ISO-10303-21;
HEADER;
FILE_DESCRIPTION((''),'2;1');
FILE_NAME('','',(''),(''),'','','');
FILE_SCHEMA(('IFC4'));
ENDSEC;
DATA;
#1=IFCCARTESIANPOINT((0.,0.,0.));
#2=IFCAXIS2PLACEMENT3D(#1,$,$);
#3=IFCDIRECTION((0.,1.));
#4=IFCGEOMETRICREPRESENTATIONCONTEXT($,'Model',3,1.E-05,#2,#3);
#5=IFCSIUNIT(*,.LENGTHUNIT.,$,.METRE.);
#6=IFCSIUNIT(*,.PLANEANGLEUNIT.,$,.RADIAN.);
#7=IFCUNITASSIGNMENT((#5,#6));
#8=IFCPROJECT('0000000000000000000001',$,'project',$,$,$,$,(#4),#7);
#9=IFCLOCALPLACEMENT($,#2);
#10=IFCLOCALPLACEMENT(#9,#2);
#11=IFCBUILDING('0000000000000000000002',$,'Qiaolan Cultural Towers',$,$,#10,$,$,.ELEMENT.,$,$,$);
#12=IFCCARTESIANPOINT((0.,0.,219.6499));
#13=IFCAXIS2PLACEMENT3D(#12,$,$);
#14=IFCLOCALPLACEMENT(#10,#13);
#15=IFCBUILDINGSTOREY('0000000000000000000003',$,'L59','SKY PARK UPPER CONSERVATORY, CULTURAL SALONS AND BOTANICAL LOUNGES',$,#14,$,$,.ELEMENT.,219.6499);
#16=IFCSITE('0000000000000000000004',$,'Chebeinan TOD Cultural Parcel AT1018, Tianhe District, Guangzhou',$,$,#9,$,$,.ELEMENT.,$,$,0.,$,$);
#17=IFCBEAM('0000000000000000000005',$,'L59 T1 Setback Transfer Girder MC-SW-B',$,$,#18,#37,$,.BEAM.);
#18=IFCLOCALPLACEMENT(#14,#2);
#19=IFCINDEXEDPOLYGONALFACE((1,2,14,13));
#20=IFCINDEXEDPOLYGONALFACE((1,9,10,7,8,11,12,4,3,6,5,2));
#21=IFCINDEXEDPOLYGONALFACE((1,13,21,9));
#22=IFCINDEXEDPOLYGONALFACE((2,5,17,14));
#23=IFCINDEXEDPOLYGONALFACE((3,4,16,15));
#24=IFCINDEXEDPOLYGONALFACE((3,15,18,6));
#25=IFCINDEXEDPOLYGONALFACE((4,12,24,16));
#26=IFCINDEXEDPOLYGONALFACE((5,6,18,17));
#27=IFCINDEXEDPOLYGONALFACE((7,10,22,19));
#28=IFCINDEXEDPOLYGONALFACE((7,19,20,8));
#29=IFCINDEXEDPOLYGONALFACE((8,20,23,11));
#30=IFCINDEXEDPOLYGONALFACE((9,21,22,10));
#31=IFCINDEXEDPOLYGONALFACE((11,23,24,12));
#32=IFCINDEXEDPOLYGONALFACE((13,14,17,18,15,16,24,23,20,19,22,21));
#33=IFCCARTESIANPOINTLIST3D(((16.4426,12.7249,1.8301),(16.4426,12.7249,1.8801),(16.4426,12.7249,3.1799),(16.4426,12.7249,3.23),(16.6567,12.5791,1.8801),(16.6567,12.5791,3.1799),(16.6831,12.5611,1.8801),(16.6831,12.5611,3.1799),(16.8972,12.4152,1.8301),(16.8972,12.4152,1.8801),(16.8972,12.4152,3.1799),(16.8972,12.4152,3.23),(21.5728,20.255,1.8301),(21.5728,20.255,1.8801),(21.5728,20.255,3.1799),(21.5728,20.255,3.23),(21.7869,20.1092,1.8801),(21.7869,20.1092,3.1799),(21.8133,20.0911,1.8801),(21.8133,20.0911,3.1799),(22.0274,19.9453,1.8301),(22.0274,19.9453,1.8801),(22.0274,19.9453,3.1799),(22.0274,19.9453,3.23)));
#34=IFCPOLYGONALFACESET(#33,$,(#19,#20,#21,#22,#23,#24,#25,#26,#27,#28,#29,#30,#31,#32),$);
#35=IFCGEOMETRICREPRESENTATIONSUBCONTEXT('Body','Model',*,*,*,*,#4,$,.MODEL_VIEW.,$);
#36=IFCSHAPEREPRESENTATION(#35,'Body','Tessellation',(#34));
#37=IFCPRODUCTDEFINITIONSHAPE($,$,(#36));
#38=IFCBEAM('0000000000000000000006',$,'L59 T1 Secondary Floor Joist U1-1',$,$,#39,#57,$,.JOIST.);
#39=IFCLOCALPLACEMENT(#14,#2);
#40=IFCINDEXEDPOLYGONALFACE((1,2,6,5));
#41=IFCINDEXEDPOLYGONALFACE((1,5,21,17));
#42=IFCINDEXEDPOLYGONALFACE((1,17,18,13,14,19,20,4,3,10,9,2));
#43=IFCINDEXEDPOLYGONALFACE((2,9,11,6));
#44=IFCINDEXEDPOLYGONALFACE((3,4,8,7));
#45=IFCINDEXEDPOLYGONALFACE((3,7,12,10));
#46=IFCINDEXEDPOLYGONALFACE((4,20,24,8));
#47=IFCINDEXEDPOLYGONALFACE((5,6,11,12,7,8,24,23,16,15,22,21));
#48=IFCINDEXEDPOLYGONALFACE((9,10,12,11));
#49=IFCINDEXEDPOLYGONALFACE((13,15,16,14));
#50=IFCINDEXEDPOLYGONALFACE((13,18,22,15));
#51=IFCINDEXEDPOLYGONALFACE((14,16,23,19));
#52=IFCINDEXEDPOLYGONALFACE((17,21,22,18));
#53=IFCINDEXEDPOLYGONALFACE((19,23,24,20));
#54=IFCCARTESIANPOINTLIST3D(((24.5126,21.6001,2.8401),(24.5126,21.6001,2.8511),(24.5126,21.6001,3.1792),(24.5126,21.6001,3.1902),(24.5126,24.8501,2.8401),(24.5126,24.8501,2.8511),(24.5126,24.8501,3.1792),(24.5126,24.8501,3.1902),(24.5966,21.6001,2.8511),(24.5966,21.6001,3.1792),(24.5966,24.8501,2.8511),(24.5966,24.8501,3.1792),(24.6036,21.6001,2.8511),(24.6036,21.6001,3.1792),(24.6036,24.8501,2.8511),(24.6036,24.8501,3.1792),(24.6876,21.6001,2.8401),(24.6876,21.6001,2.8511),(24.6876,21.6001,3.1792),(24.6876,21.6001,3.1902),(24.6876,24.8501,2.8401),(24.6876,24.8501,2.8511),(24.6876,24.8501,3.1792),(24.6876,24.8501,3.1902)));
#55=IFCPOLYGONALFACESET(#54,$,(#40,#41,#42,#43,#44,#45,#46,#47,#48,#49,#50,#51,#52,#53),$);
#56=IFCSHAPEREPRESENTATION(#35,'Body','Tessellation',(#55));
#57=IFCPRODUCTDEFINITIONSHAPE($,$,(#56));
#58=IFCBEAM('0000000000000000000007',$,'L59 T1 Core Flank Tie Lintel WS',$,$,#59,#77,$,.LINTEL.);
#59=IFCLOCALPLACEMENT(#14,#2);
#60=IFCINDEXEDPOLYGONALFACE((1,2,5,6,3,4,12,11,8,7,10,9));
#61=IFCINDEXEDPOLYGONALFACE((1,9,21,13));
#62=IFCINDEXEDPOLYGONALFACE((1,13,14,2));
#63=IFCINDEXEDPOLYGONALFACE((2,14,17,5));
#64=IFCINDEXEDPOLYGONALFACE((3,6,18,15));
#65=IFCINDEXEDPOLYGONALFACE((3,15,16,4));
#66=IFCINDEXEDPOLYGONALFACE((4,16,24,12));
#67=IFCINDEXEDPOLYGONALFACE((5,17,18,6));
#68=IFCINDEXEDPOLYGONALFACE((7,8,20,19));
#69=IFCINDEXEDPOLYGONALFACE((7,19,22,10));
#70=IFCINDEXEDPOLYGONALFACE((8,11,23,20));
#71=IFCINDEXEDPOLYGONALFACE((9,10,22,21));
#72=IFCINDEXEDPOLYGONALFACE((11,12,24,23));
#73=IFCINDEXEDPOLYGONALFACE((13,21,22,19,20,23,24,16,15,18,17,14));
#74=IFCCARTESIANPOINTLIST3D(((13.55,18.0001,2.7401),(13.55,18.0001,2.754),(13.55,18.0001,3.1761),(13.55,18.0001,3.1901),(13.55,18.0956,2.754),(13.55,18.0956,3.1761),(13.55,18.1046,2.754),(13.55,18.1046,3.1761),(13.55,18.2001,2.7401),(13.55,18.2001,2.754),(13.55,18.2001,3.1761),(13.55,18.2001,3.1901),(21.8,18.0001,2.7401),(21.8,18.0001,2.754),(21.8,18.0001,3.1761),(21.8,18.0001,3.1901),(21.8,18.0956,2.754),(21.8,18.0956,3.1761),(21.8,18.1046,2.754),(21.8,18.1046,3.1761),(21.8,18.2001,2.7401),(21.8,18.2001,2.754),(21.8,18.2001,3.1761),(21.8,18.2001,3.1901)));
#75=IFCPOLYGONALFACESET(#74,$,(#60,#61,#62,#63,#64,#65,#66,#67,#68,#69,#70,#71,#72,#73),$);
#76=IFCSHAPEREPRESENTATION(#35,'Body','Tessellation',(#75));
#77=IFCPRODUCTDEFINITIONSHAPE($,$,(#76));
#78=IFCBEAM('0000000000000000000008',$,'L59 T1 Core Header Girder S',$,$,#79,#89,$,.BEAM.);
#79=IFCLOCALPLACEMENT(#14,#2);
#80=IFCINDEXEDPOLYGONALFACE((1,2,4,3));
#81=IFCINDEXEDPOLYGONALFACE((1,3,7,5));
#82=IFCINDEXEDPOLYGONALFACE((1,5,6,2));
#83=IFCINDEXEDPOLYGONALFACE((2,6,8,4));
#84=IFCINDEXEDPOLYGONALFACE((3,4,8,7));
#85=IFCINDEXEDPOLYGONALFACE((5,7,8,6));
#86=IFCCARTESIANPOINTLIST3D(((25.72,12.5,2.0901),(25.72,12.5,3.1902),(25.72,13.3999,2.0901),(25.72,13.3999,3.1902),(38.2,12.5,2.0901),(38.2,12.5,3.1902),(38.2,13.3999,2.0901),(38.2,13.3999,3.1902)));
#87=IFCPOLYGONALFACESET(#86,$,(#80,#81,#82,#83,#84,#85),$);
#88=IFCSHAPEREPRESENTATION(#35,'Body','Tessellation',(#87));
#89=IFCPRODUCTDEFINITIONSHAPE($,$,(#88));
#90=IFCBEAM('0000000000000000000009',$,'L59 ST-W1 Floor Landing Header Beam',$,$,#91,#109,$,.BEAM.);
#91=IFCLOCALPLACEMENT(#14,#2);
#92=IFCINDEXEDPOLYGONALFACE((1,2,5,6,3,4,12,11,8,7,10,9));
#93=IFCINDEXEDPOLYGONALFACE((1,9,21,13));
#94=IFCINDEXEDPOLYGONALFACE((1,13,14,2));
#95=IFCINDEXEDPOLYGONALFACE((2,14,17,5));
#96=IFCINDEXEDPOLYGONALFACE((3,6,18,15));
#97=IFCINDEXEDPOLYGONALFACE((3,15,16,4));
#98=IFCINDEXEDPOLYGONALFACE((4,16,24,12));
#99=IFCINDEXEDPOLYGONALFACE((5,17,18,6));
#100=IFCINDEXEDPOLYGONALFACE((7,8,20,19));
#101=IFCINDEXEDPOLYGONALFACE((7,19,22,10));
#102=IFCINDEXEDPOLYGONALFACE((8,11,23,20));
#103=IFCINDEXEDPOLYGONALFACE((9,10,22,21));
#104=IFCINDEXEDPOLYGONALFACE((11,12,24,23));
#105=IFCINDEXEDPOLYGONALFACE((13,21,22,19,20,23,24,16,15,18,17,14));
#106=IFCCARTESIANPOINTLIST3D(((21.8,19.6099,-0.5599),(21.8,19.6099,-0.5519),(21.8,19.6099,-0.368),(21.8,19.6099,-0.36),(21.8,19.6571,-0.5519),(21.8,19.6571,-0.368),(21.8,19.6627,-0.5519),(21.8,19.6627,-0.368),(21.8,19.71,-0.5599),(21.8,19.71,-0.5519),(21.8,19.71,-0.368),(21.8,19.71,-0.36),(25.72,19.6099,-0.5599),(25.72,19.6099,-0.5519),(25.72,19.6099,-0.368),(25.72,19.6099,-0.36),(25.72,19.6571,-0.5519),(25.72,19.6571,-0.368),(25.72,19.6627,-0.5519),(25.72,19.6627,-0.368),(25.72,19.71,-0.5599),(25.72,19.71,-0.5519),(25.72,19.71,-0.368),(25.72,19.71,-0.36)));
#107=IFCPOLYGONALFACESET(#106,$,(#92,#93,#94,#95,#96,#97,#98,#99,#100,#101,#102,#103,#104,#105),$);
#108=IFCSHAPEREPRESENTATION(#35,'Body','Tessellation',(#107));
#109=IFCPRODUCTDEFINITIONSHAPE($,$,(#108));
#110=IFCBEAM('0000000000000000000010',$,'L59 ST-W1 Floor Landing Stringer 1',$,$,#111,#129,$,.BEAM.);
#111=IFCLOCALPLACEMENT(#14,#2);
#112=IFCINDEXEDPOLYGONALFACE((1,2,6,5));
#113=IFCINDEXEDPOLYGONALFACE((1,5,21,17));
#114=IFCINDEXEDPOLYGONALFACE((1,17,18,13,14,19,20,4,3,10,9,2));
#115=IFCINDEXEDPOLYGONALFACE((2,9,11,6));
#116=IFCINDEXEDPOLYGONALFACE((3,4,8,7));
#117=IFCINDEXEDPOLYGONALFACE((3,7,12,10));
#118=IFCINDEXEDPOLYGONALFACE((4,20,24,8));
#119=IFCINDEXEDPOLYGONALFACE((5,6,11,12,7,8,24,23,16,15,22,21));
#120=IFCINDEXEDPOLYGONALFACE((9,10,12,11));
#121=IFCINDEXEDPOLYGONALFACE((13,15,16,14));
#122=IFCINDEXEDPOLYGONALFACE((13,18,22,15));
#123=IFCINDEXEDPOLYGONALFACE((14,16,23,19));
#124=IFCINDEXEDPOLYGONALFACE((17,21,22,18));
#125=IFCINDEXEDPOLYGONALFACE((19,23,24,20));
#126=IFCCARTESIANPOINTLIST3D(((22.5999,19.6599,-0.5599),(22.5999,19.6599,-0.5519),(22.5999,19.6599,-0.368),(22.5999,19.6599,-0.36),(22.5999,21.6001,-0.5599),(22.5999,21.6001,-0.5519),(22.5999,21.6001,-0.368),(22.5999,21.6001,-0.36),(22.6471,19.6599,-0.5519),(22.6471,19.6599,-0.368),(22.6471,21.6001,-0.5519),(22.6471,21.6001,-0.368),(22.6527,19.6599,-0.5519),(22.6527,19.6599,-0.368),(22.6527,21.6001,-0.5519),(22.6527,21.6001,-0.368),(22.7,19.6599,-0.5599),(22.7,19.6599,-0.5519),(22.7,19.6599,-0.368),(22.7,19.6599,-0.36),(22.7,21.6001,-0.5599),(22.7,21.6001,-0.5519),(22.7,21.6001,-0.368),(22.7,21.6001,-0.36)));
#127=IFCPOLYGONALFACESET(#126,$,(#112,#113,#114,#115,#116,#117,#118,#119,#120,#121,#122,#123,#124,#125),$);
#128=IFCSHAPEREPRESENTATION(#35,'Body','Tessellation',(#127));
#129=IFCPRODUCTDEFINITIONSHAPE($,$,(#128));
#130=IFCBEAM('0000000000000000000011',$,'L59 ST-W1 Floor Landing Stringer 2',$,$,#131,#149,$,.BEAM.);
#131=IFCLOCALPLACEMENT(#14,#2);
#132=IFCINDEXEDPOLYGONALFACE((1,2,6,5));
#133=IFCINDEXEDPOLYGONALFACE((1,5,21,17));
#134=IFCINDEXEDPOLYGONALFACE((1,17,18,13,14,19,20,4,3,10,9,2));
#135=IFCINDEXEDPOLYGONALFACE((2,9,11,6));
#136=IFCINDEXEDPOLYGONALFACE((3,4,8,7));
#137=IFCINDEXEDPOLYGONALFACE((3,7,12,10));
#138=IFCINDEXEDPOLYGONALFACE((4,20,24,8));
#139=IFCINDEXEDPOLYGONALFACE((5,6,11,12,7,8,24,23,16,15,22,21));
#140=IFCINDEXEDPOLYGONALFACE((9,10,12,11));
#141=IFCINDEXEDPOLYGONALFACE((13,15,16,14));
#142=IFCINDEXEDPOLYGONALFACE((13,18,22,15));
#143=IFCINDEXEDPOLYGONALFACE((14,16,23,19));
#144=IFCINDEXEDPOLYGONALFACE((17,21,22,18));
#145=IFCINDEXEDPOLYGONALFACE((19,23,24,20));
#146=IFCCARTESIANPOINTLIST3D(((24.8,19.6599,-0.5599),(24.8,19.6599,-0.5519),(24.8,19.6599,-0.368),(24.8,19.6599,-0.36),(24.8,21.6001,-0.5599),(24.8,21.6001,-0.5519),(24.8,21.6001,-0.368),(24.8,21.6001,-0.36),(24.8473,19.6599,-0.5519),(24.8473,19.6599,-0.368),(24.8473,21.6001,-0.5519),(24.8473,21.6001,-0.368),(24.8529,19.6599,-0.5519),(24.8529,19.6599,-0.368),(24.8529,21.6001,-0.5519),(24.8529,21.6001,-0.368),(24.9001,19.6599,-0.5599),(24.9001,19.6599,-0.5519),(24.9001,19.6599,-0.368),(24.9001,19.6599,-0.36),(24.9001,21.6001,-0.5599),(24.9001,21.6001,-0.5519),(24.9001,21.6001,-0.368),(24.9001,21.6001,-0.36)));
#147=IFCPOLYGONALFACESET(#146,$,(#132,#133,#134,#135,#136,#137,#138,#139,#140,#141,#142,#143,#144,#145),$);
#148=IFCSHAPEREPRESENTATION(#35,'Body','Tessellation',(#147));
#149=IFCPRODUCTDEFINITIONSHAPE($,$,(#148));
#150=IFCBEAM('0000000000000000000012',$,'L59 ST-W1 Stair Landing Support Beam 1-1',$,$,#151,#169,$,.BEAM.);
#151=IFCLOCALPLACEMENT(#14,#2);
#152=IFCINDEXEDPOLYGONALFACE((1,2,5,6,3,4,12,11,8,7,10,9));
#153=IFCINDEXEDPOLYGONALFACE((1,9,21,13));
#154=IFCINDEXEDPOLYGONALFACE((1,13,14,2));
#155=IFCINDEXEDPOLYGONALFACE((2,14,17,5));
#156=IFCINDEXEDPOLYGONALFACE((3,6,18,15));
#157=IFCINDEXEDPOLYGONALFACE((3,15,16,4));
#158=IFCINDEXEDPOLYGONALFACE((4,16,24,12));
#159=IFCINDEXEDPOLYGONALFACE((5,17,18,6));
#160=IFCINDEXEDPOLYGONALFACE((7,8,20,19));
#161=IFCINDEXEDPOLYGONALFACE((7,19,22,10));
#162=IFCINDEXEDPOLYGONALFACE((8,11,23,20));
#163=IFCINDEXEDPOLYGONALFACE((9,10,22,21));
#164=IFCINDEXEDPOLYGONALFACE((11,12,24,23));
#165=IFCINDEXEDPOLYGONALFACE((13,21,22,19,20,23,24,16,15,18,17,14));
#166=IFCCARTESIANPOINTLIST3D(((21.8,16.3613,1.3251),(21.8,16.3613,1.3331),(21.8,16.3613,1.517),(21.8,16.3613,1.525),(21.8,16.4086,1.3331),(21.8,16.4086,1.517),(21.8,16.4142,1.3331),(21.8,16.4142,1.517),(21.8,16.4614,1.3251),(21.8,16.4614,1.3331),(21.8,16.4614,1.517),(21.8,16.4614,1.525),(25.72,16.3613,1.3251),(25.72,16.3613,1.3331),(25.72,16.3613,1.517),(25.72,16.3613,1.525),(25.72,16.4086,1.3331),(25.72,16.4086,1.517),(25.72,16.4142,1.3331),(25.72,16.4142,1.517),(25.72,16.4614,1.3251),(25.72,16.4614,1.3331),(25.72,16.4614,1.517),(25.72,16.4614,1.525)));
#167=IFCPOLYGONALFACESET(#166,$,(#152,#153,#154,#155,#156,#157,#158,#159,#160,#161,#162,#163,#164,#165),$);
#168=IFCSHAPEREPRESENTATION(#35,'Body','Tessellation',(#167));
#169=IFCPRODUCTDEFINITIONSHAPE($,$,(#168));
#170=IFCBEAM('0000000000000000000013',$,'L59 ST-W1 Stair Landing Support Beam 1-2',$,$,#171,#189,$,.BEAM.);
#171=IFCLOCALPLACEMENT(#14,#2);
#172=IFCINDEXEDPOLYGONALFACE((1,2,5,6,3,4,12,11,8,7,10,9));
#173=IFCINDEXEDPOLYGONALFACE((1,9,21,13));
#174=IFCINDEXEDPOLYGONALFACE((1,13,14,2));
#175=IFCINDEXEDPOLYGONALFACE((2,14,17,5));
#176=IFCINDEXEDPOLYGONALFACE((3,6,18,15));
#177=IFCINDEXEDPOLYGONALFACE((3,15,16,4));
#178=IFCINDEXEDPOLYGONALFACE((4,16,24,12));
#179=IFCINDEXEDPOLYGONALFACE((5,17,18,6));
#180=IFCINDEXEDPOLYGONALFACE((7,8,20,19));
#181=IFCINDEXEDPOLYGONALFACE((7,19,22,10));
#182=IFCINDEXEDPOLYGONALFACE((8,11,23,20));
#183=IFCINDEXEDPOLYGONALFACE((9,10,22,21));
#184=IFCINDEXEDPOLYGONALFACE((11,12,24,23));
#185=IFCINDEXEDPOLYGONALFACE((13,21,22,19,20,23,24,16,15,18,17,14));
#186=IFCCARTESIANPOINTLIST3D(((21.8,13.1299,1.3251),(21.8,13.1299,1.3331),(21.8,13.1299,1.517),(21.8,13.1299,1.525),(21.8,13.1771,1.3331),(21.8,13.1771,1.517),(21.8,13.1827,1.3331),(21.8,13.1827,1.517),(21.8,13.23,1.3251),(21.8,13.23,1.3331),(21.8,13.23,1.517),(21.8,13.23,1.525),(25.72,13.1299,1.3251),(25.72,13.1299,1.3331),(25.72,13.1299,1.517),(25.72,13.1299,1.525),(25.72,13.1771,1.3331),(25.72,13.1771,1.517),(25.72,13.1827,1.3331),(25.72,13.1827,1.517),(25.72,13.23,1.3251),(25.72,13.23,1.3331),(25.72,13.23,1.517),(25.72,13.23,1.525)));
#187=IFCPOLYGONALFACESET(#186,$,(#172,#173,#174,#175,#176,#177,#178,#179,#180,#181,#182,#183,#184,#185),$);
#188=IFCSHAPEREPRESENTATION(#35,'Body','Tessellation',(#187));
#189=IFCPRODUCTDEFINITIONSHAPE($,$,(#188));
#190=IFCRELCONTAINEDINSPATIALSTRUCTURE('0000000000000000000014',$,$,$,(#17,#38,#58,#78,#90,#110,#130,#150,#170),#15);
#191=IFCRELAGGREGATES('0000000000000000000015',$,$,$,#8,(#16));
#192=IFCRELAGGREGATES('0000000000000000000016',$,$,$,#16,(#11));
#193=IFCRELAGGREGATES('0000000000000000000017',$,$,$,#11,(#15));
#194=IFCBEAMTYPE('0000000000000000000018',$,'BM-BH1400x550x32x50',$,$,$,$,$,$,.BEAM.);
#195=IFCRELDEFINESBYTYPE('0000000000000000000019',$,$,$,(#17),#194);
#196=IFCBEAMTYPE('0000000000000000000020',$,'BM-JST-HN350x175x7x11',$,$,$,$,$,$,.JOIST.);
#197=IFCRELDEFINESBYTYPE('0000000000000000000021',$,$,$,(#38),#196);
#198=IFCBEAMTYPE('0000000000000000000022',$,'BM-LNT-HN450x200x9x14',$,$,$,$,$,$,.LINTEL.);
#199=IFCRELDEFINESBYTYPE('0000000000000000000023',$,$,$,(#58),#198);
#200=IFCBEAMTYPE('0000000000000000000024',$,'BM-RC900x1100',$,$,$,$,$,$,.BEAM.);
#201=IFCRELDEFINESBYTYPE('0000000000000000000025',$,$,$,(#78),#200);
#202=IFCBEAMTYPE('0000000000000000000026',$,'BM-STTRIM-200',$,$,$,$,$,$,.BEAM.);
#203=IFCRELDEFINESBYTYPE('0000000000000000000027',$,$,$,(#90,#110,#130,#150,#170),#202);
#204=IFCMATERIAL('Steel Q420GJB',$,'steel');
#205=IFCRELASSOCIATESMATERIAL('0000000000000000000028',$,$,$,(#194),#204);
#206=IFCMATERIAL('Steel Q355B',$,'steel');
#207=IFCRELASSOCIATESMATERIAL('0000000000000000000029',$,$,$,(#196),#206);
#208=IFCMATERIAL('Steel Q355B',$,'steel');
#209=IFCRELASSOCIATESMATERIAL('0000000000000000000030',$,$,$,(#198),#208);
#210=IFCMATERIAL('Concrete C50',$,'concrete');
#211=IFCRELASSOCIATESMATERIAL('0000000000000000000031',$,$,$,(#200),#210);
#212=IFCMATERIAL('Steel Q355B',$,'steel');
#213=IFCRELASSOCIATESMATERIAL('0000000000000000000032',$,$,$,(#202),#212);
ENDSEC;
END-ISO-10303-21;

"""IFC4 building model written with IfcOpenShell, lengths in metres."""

from ifc_helpers import new_model, si_unit, direction, frame, origin, origin_2d, place, context, subcontext, project, spatial, rectangle, i_section, extrude, material, material_profile, profile_set, type_object, element, save


model = new_model("IFC4")

# Units and contexts
model_context = context("Model", 3, precision=1e-05, world=origin(), true_north=direction((0.0, 1.0)))
body_context = subcontext(model_context, "Body", "Model", "MODEL_VIEW")
ifc_project = project(units=[si_unit("LENGTHUNIT", "METRE"), si_unit("PLANEANGLEUNIT", "RADIAN")], contexts=[model_context])

# Site, building, storey
site_placement = place(None, origin())
site = spatial("IfcSite", under=ifc_project, at=site_placement, Name="Chebeinan TOD Cultural Parcel AT1018, Tianhe District, Guangzhou", CompositionType="ELEMENT", RefElevation=0.0)
building_placement = place(site_placement, origin())
building = spatial("IfcBuilding", under=site, at=building_placement, Name="Qiaolan Cultural Towers", CompositionType="ELEMENT")
storey_placement = place(building_placement, frame((0.0, 0.0, 219.6499)))
storey = spatial("IfcBuildingStorey", under=building, at=storey_placement, Name="L59", Description="SKY PARK UPPER CONSERVATORY, CULTURAL SALONS AND BOTANICAL LOUNGES", CompositionType="ELEMENT", Elevation=219.6499)

# Beams
ifc_material_1 = material(Name="Steel Q420GJB", Category="steel")
ifc_material_profile_1 = material_profile(ifc_material_1, i_section(OverallWidth=0.55, OverallDepth=1.3999, WebThickness=0.032, FlangeThickness=0.05, at=origin_2d()), Name="BH1400x550x32x50")
ifc_profile_set_1 = profile_set([ifc_material_profile_1], Name="Steel Q420GJB")
beam_type_1 = type_object("IfcBeamType", Name="BM-BH1400x550x32x50", PredefinedType="BEAM", material=ifc_profile_set_1)
beam_1_placement = place(storey_placement, frame((16.6699, 12.5701, 2.53), z_axis=(0.563038, 0.826431, 0.0), x_axis=(-0.826431, 0.563038, 0.0)))
element("IfcBeam", 1, at=beam_1_placement, inside=storey, type_object=beam_type_1, Name="L59 T1 Setback Transfer Girder MC-SW-B", PredefinedType="BEAM", context=body_context, shape_type="SweptSolid", body=[
    extrude(i_section(OverallWidth=0.55, OverallDepth=1.3999, WebThickness=0.032, FlangeThickness=0.05, at=origin_2d()), origin(), (0.0, 0.0, 1.0), 9.1116),
])
ifc_material_2 = material(Name="Steel Q355B", Category="steel")
ifc_material_profile_2 = material_profile(ifc_material_2, i_section(OverallWidth=0.175, OverallDepth=0.3501, WebThickness=0.0071, FlangeThickness=0.011, at=origin_2d()), Name="HN350x175x7x11")
ifc_profile_set_2 = profile_set([ifc_material_profile_2], Name="Steel Q355B")
beam_type_2 = type_object("IfcBeamType", Name="BM-JST-HN350x175x7x11", PredefinedType="JOIST", material=ifc_profile_set_2)
beam_2_placement = place(storey_placement, frame((24.6001, 21.6001, 3.0151), z_axis=(0.0, 1.0, 0.0), x_axis=(-1.0, 0.0, 0.0)))
element("IfcBeam", 2, at=beam_2_placement, inside=storey, type_object=beam_type_2, Name="L59 T1 Secondary Floor Joist U1-1", PredefinedType="JOIST", context=body_context, shape_type="SweptSolid", body=[
    extrude(i_section(OverallWidth=0.175, OverallDepth=0.3501, WebThickness=0.0071, FlangeThickness=0.011, at=origin_2d()), origin(), (0.0, 0.0, 1.0), 3.25),
])
ifc_material_3 = material(Name="Steel Q355B", Category="steel")
ifc_material_profile_3 = material_profile(ifc_material_3, i_section(OverallWidth=0.2, OverallDepth=0.45, WebThickness=0.009, FlangeThickness=0.0139, at=origin_2d()), Name="HN450x200x9x14")
ifc_profile_set_3 = profile_set([ifc_material_profile_3], Name="Steel Q355B")
beam_type_3 = type_object("IfcBeamType", Name="BM-LNT-HN450x200x9x14", PredefinedType="LINTEL", material=ifc_profile_set_3)
beam_3_placement = place(storey_placement, frame((21.8, 18.1001, 2.9651), z_axis=(-1.0, 0.0, 0.0), x_axis=(0.0, -1.0, 0.0)))
element("IfcBeam", 3, at=beam_3_placement, inside=storey, type_object=beam_type_3, Name="L59 T1 Core Flank Tie Lintel WS", PredefinedType="LINTEL", context=body_context, shape_type="SweptSolid", body=[
    extrude(i_section(OverallWidth=0.2, OverallDepth=0.45, WebThickness=0.009, FlangeThickness=0.0139, at=origin_2d()), origin(), (0.0, 0.0, 1.0), 8.25),
])
ifc_material_4 = material(Name="Concrete C50", Category="concrete")
ifc_material_profile_4 = material_profile(ifc_material_4, rectangle(XDim=0.8999, YDim=1.1001, at=origin_2d()), Name="RC900x1100")
ifc_profile_set_4 = profile_set([ifc_material_profile_4], Name="Concrete C50")
beam_type_4 = type_object("IfcBeamType", Name="BM-RC900x1100", PredefinedType="BEAM", material=ifc_profile_set_4)
beam_4_placement = place(storey_placement, frame((25.72, 12.95, 2.6401), z_axis=(1.0, 0.0, 0.0), x_axis=(0.0, 1.0, 0.0)))
element("IfcBeam", 4, at=beam_4_placement, inside=storey, type_object=beam_type_4, Name="L59 T1 Core Header Girder S", PredefinedType="BEAM", context=body_context, shape_type="SweptSolid", body=[
    extrude(rectangle(XDim=0.8999, YDim=1.1001, at=origin_2d()), origin(), (0.0, 0.0, 1.0), 12.48),
])
ifc_material_5 = material(Name="Steel Q355B", Category="steel")
ifc_material_profile_5 = material_profile(ifc_material_5, i_section(OverallWidth=0.1001, OverallDepth=0.2, WebThickness=0.0056, FlangeThickness=0.0081, at=origin_2d()), Name="HN200x100x5.5x8")
ifc_profile_set_5 = profile_set([ifc_material_profile_5], Name="Steel Q355B")
beam_type_5 = type_object("IfcBeamType", Name="BM-STTRIM-200", PredefinedType="BEAM", material=ifc_profile_set_5)
beam_5_placement = place(storey_placement, frame((21.8, 19.6599, -0.46), z_axis=(1.0, 0.0, 0.0), x_axis=(0.0, 1.0, 0.0)))
element("IfcBeam", 5, at=beam_5_placement, inside=storey, type_object=beam_type_5, Name="L59 ST-W1 Floor Landing Header Beam", PredefinedType="BEAM", context=body_context, shape_type="SweptSolid", body=[
    extrude(i_section(OverallWidth=0.1001, OverallDepth=0.2, WebThickness=0.0056, FlangeThickness=0.0081, at=origin_2d()), origin(), (0.0, 0.0, 1.0), 3.9199),
])
for number, where, z_axis, x_axis, name in (
    (6, (22.6499, 21.6001, -0.46), (0.0, -1.0, 0.0), (1.0, 0.0, 0.0), "L59 ST-W1 Floor Landing Stringer 1"),
    (7, (24.8501, 21.6001, -0.46), (0.0, -1.0, 0.0), (1.0, 0.0, 0.0), "L59 ST-W1 Floor Landing Stringer 2"),
):
    element("IfcBeam", number, at=place(storey_placement, frame(where, z_axis=z_axis, x_axis=x_axis)), inside=storey, type_object=beam_type_5, Name=name, PredefinedType="BEAM", context=body_context, shape_type="SweptSolid", body=[
        extrude(i_section(OverallWidth=0.1001, OverallDepth=0.2, WebThickness=0.0056, FlangeThickness=0.0081, at=origin_2d()), origin(), (0.0, 0.0, 1.0), 1.9402),
    ])
for number, where, z_axis, x_axis, name in (
    (8, (21.8, 16.4114, 1.425), (1.0, 0.0, 0.0), (0.0, 1.0, 0.0), "L59 ST-W1 Stair Landing Support Beam 1-1"),
    (9, (21.8, 13.1799, 1.425), (1.0, 0.0, 0.0), (0.0, 1.0, 0.0), "L59 ST-W1 Stair Landing Support Beam 1-2"),
):
    element("IfcBeam", number, at=place(storey_placement, frame(where, z_axis=z_axis, x_axis=x_axis)), inside=storey, type_object=beam_type_5, Name=name, PredefinedType="BEAM", context=body_context, shape_type="SweptSolid", body=[
        extrude(i_section(OverallWidth=0.1001, OverallDepth=0.2, WebThickness=0.0056, FlangeThickness=0.0081, at=origin_2d()), origin(), (0.0, 0.0, 1.0), 3.9199),
    ])

save(model, "model.ifc")
